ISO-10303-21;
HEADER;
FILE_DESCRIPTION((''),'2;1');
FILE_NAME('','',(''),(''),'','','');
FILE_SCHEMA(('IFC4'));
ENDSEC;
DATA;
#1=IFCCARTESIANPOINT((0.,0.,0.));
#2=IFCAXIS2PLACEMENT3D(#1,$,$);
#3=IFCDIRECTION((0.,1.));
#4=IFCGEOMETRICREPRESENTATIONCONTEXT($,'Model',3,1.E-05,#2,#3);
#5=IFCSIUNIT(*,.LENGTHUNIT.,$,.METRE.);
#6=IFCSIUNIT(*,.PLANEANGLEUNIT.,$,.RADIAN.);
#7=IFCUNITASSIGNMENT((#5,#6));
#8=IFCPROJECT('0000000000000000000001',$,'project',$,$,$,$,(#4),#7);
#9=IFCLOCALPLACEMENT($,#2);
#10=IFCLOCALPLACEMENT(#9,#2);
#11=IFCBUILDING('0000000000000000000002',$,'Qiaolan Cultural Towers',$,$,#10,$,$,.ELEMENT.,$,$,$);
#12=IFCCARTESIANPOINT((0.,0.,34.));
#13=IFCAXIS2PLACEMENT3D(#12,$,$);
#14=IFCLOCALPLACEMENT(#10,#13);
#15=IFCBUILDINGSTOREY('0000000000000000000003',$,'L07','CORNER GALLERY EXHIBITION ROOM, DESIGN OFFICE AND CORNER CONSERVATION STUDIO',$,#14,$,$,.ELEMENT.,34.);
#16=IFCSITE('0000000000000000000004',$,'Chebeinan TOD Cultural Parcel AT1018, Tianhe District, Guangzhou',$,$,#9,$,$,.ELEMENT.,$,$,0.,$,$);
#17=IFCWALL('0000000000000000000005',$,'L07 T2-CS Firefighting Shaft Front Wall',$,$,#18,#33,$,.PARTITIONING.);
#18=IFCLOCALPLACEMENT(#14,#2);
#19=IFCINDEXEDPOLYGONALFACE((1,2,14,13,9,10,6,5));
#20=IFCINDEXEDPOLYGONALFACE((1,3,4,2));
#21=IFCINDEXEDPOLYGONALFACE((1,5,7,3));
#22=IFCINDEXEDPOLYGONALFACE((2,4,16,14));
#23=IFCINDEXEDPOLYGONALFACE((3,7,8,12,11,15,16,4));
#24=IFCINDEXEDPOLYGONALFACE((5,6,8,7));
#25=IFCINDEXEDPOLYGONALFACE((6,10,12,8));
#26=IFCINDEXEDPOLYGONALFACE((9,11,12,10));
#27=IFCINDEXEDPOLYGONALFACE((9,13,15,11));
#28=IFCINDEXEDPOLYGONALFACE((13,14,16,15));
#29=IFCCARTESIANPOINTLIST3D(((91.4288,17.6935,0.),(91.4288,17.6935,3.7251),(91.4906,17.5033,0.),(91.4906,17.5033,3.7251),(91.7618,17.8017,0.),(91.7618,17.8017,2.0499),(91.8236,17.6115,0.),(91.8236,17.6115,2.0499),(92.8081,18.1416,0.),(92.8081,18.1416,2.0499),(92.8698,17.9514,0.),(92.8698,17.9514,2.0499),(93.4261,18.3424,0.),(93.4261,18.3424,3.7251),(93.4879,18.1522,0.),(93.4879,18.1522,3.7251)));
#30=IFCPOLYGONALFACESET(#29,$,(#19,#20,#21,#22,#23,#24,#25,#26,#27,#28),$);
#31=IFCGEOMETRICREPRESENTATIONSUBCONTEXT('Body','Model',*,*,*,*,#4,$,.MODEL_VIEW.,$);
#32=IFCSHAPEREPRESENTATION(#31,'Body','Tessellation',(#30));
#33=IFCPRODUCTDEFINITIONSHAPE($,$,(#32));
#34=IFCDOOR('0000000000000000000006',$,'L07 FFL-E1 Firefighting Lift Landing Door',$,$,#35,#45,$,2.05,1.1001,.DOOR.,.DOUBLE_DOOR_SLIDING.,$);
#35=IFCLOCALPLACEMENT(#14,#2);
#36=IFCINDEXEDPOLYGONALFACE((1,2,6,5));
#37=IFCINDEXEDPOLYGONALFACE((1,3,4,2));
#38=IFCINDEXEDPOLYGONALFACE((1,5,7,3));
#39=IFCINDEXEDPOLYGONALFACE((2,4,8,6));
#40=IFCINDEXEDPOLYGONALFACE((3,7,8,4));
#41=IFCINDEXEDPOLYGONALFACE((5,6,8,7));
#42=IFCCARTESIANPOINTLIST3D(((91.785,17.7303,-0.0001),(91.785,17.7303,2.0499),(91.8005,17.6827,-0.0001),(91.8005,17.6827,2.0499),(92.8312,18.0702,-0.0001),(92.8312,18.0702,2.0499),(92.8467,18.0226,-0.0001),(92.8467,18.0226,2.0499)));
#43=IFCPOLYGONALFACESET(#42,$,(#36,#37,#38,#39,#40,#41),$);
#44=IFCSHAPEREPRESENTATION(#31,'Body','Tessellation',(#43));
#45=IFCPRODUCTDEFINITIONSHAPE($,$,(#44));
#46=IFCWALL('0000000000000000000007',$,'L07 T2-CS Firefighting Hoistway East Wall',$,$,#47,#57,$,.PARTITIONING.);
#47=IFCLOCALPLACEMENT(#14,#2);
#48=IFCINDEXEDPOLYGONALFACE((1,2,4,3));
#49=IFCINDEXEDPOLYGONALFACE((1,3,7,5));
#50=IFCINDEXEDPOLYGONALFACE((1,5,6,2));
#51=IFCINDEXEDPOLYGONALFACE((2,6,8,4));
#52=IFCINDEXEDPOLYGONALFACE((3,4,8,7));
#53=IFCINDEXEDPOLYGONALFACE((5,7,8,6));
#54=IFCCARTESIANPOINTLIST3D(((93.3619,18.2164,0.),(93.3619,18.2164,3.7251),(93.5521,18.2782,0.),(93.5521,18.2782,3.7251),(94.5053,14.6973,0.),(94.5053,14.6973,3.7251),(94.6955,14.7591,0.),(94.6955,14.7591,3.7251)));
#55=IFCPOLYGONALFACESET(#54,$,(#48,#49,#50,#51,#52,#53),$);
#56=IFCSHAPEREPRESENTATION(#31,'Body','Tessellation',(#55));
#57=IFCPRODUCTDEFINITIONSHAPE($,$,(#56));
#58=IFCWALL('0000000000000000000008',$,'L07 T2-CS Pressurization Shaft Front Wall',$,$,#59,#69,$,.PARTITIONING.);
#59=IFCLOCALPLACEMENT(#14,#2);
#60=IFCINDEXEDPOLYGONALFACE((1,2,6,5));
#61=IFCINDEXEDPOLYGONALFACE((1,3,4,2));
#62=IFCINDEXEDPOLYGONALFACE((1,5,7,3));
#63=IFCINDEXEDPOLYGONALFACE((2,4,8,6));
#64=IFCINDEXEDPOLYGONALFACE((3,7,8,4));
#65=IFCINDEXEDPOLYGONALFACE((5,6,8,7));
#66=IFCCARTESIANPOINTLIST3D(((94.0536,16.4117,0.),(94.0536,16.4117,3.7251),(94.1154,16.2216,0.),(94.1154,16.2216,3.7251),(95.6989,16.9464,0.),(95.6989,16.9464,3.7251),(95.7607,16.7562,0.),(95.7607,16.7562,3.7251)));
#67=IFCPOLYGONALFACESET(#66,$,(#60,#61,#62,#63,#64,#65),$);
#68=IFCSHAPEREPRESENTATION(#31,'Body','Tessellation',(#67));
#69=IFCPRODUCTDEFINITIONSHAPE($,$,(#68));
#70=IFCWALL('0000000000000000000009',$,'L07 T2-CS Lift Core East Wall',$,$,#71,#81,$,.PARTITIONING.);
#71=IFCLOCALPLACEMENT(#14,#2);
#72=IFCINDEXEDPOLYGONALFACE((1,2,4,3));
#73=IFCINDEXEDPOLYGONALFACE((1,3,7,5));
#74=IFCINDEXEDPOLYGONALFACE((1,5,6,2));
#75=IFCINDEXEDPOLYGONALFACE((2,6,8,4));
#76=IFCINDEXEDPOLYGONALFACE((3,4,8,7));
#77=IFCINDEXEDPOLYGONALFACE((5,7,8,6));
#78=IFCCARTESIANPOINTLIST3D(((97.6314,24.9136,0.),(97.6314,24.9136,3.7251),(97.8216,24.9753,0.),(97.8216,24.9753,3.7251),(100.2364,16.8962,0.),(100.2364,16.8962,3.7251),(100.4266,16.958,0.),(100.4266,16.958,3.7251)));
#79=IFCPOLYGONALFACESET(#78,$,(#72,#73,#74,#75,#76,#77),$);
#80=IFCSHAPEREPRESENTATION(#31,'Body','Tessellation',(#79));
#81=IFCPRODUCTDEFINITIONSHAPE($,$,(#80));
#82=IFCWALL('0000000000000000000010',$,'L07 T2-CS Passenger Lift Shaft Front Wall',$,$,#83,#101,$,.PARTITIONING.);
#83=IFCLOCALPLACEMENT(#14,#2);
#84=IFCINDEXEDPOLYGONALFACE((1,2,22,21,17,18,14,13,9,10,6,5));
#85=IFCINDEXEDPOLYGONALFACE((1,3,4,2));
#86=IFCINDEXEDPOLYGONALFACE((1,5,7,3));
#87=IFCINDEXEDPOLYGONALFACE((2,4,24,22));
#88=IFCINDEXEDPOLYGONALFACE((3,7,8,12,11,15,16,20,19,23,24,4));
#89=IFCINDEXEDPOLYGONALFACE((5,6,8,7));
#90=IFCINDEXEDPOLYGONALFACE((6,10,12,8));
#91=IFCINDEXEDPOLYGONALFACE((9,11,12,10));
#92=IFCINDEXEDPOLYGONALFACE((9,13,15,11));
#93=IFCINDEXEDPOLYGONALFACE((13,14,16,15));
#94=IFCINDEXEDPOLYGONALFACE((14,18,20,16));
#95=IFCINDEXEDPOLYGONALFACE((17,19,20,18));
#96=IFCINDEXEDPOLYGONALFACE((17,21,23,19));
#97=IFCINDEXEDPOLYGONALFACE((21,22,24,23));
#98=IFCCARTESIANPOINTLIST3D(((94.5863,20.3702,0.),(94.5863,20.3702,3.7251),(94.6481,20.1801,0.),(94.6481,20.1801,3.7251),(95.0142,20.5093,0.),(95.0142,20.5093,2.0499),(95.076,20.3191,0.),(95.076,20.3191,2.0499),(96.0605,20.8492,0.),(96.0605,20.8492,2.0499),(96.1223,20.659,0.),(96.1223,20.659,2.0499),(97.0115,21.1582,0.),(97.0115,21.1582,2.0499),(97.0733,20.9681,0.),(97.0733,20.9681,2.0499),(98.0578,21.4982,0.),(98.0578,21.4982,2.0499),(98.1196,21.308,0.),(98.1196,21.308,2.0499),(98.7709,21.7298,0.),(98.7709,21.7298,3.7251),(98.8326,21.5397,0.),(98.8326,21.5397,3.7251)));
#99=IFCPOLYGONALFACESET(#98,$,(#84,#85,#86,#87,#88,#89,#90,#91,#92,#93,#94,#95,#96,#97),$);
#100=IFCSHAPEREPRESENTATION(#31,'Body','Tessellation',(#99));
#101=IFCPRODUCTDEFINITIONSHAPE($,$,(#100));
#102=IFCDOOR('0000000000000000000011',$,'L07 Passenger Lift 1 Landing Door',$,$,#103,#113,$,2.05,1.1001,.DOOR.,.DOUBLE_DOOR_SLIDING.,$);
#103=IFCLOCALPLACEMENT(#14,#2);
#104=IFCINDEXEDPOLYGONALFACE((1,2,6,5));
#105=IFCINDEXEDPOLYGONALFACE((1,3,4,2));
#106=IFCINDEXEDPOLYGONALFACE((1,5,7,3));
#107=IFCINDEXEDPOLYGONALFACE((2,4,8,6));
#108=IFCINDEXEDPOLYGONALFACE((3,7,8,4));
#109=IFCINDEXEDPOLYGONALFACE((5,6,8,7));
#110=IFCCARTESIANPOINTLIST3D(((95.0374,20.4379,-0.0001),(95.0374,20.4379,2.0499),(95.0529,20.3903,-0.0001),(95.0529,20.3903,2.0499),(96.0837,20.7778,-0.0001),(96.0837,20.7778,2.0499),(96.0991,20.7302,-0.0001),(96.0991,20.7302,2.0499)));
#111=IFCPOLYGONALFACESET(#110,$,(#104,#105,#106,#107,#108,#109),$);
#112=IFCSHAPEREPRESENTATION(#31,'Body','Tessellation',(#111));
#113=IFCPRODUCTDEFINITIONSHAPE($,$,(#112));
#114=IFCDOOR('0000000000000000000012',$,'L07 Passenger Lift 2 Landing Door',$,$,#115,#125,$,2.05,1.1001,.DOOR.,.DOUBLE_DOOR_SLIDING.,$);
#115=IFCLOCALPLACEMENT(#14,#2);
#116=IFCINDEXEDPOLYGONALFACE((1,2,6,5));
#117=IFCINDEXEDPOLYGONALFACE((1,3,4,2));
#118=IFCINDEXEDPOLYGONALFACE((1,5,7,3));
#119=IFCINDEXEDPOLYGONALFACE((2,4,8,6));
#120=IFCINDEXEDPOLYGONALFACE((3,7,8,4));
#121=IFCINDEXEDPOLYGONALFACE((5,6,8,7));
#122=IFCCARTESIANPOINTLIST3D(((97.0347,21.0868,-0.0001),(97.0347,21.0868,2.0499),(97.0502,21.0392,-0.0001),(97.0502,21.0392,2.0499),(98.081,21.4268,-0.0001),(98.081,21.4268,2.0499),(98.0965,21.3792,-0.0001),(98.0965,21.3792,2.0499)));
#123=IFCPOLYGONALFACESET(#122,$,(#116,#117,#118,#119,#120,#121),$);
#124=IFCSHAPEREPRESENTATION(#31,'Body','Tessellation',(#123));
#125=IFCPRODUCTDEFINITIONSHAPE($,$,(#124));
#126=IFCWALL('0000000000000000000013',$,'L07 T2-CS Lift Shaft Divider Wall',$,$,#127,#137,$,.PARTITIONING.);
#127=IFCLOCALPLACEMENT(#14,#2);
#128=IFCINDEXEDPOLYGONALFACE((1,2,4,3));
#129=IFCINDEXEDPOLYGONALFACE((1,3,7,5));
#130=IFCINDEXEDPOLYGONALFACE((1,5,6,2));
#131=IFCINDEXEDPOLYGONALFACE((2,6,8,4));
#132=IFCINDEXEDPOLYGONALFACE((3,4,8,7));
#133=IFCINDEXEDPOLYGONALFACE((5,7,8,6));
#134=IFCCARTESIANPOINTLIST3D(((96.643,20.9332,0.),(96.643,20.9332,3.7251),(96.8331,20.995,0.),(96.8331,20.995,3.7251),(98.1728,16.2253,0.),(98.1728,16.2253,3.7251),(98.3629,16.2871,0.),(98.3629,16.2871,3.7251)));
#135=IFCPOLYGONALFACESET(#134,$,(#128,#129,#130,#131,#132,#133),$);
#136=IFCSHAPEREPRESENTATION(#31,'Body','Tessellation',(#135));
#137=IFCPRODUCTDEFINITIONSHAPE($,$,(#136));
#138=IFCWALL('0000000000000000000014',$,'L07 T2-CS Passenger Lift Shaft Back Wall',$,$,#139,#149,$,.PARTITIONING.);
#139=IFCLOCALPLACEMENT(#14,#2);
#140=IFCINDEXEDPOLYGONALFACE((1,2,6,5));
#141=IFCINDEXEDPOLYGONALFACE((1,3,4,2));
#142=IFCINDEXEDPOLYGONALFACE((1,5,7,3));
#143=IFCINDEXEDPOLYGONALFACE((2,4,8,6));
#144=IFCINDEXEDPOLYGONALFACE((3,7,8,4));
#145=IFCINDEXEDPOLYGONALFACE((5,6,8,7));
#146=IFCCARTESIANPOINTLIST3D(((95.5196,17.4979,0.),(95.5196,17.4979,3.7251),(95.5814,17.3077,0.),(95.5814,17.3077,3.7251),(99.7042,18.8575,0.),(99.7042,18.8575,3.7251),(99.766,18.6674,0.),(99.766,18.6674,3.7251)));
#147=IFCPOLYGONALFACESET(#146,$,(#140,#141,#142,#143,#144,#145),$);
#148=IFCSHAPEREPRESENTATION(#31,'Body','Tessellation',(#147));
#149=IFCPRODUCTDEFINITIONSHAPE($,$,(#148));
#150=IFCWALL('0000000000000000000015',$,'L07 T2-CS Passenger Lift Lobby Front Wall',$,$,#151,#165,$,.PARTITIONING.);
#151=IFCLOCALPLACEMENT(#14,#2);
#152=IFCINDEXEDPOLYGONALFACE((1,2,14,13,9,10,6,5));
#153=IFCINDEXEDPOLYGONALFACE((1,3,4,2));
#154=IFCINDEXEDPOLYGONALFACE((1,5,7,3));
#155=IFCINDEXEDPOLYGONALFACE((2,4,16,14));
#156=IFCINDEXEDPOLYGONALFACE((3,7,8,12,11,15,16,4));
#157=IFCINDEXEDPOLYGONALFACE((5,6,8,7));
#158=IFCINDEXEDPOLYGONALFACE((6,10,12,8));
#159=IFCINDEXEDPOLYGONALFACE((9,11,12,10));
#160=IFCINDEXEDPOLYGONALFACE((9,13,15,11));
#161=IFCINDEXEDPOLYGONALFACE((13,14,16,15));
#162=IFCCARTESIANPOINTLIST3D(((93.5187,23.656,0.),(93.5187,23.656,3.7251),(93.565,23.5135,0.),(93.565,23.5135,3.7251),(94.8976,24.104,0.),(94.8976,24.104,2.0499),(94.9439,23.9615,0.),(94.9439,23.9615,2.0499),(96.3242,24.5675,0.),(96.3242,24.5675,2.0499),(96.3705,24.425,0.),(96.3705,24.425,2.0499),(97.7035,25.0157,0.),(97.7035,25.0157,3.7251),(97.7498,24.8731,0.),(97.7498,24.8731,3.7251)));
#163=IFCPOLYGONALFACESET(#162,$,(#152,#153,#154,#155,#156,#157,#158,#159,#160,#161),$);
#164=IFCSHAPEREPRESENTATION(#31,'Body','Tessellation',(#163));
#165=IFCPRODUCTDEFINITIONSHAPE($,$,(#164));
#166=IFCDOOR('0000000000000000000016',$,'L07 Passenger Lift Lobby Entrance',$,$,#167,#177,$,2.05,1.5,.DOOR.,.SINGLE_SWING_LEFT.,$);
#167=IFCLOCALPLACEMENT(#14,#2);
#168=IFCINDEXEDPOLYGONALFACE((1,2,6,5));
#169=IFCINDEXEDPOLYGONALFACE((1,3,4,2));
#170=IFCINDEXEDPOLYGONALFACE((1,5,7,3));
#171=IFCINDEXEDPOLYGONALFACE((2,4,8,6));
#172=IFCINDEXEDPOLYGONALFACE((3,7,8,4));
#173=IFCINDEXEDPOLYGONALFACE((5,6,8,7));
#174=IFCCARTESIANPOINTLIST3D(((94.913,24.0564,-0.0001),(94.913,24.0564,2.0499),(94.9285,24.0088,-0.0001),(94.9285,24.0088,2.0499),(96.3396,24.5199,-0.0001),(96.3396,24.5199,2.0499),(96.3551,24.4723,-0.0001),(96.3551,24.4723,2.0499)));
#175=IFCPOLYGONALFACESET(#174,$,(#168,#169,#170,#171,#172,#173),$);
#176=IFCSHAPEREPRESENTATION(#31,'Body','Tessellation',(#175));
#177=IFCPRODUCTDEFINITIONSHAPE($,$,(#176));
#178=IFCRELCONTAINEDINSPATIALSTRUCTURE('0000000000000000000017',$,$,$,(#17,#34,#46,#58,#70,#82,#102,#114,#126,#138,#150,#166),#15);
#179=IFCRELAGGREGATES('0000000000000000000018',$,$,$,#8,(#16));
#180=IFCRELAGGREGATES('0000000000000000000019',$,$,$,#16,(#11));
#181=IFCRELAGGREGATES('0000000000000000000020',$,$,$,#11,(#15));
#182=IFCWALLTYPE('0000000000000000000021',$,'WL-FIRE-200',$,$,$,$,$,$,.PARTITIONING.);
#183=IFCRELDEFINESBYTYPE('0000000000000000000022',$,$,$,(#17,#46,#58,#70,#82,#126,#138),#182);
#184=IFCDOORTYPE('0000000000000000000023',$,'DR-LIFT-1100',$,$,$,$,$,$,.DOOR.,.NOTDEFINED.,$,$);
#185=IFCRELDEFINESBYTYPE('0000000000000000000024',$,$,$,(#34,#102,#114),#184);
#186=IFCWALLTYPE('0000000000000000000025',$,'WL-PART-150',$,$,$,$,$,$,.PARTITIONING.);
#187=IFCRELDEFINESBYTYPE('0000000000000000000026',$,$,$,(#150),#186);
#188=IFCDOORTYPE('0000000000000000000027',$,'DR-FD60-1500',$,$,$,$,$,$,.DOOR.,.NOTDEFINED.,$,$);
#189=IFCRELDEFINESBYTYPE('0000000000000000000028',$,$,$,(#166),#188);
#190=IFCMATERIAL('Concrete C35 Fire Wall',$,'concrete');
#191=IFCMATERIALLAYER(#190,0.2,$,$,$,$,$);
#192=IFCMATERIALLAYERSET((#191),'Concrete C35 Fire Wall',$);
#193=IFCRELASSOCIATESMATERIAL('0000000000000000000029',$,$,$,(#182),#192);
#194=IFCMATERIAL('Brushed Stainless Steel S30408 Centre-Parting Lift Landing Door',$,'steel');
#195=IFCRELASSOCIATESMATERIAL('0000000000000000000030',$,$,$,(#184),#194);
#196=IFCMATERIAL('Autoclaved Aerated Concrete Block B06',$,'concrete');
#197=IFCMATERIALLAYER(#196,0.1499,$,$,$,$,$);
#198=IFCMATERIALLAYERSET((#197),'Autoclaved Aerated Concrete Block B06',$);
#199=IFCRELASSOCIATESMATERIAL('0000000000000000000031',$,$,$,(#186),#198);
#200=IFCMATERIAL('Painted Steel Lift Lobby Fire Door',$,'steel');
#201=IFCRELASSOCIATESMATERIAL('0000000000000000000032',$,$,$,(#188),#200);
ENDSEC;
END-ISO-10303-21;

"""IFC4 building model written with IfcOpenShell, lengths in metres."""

from ifc_helpers import new_model, si_unit, direction, frame, frame_2d, origin, place, context, subcontext, project, spatial, rectangle, extrude, material, layer, layer_set, type_object, element, fill, save


model = new_model("IFC4")

# Units and contexts
model_context = context("Model", 3, precision=1e-05, world=origin(), true_north=direction((0.0, 1.0)))
body_context = subcontext(model_context, "Body", "Model", "MODEL_VIEW")
ifc_project = project(units=[si_unit("LENGTHUNIT", "METRE"), si_unit("PLANEANGLEUNIT", "RADIAN")], contexts=[model_context])

# Site, building, storey
site_placement = place(None, origin())
site = spatial("IfcSite", under=ifc_project, at=site_placement, Name="Chebeinan TOD Cultural Parcel AT1018, Tianhe District, Guangzhou", CompositionType="ELEMENT", RefElevation=0.0)
building_placement = place(site_placement, origin())
building = spatial("IfcBuilding", under=site, at=building_placement, Name="Qiaolan Cultural Towers", CompositionType="ELEMENT")
storey_placement = place(building_placement, frame((0.0, 0.0, 34.0)))
storey = spatial("IfcBuildingStorey", under=building, at=storey_placement, Name="L07", Description="CORNER GALLERY EXHIBITION ROOM, DESIGN OFFICE AND CORNER CONSERVATION STUDIO", CompositionType="ELEMENT", Elevation=34.0)

# Shared definitions
ifc_material_1 = material(Name="Concrete C35 Fire Wall", Category="concrete")
ifc_layer_1 = layer(ifc_material_1, 0.2)
ifc_layer_set_1 = layer_set([ifc_layer_1], Name="Concrete C35 Fire Wall")
wall_type_1 = type_object("IfcWallType", Name="WL-FIRE-200", PredefinedType="PARTITIONING", material=ifc_layer_set_1)

# Wall, opening, door
wall_1_placement = place(storey_placement, frame((91.4597, 17.5984, 0.0), z_axis=(0.0, 0.0, 1.0), x_axis=(0.951062, 0.308999, 0.0)))
wall_1 = element("IfcWall", 1, at=wall_1_placement, inside=storey, type_object=wall_type_1, Name="L07 T2-CS Firefighting Shaft Front Wall", PredefinedType="PARTITIONING", context=body_context, shape_type="SweptSolid", body=[
    extrude(rectangle(XDim=2.1001, YDim=0.2, at=frame_2d((1.05, 0.0))), origin(), (0.0, 0.0, 1.0), 3.7251),
])
opening_1_placement = place(wall_1_placement, frame((0.3501, 0.0, 0.0)))
opening_1 = element("IfcOpeningElement", 2, at=opening_1_placement, cuts=wall_1, PredefinedType="OPENING", context=body_context, shape_type="SweptSolid", body=[
    extrude(rectangle(XDim=1.1001, YDim=2.05, at=frame_2d((0.55, 1.0249))), frame((0.0, 0.1099, 0.0), z_axis=(0.0, -1.0, 0.0), x_axis=(1.0, 0.0, 0.0)), (0.0, 0.0, 1.0), 0.22),
])
ifc_material_2 = material(Name="Brushed Stainless Steel S30408 Centre-Parting Lift Landing Door", Category="steel")
door_type_1 = type_object("IfcDoorType", Name="DR-LIFT-1100", OperationType="NOTDEFINED", PredefinedType="DOOR", material=ifc_material_2)
door_1_placement = place(opening_1_placement, origin())
door_1 = element("IfcDoor", 3, at=door_1_placement, inside=storey, type_object=door_type_1, Name="L07 FFL-E1 Firefighting Lift Landing Door", OperationType="DOUBLE_DOOR_SLIDING", OverallHeight=2.05, OverallWidth=1.1001, PredefinedType="DOOR", context=body_context, shape_type="SweptSolid", body=[
    extrude(rectangle(XDim=1.1001, YDim=2.05, at=frame_2d((0.55, 1.0249))), frame((0.0, 0.0249, 0.0), z_axis=(0.0, -1.0, 0.0), x_axis=(1.0, 0.0, 0.0)), (0.0, 0.0, 1.0), 0.05),
])
fill(opening_1, door_1)

# Walls
wall_2_placement = place(storey_placement, frame((93.457, 18.2473, 0.0), z_axis=(0.0, 0.0, 1.0), x_axis=(0.308994, -0.951064, 0.0)))
element("IfcWall", 4, at=wall_2_placement, inside=storey, type_object=wall_type_1, Name="L07 T2-CS Firefighting Hoistway East Wall", PredefinedType="PARTITIONING", context=body_context, shape_type="SweptSolid", body=[
    extrude(rectangle(XDim=3.7002, YDim=0.2, at=frame_2d((1.8501, 0.0))), origin(), (0.0, 0.0, 1.0), 3.7251),
])
wall_3_placement = place(storey_placement, frame((94.0845, 16.3167, 0.0), z_axis=(0.0, 0.0, 1.0), x_axis=(0.951041, 0.309064, 0.0)))
element("IfcWall", 5, at=wall_3_placement, inside=storey, type_object=wall_type_1, Name="L07 T2-CS Pressurization Shaft Front Wall", PredefinedType="PARTITIONING", context=body_context, shape_type="SweptSolid", body=[
    extrude(rectangle(XDim=1.73, YDim=0.2, at=frame_2d((0.865, 0.0))), origin(), (0.0, 0.0, 1.0), 3.7251),
])
wall_4_placement = place(storey_placement, frame((97.7266, 24.9443, 0.0), z_axis=(0.0, 0.0, 1.0), x_axis=(0.309016, -0.951057, 0.0)))
element("IfcWall", 6, at=wall_4_placement, inside=storey, type_object=wall_type_1, Name="L07 T2-CS Lift Core East Wall", PredefinedType="PARTITIONING", context=body_context, shape_type="SweptSolid", body=[
    extrude(rectangle(XDim=8.4299, YDim=0.2, at=frame_2d((4.2148, 0.0))), origin(), (0.0, 0.0, 1.0), 3.7251),
])

# Wall, openings, doors
wall_5_placement = place(storey_placement, frame((94.6172, 20.2751, 0.0), z_axis=(0.0, 0.0, 1.0), x_axis=(0.951059, 0.309011, 0.0)))
wall_5 = element("IfcWall", 7, at=wall_5_placement, inside=storey, type_object=wall_type_1, Name="L07 T2-CS Passenger Lift Shaft Front Wall", PredefinedType="PARTITIONING", context=body_context, shape_type="SweptSolid", body=[
    extrude(rectangle(XDim=4.3999, YDim=0.2, at=frame_2d((2.2, 0.0))), origin(), (0.0, 0.0, 1.0), 3.7251),
])
opening_2_placement = place(wall_5_placement, frame((0.45, 0.0, 0.0)))
opening_2 = element("IfcOpeningElement", 8, at=opening_2_placement, cuts=wall_5, PredefinedType="OPENING", context=body_context, shape_type="SweptSolid", body=[
    extrude(rectangle(XDim=1.1001, YDim=2.05, at=frame_2d((0.55, 1.0249))), frame((0.0, 0.1099, 0.0), z_axis=(0.0, -1.0, 0.0), x_axis=(1.0, 0.0, 0.0)), (0.0, 0.0, 1.0), 0.22),
])
opening_3_placement = place(wall_5_placement, frame((2.55, 0.0, 0.0)))
opening_3 = element("IfcOpeningElement", 9, at=opening_3_placement, cuts=wall_5, PredefinedType="OPENING", context=body_context, shape_type="SweptSolid", body=[
    extrude(rectangle(XDim=1.1001, YDim=2.05, at=frame_2d((0.55, 1.0249))), frame((0.0, 0.1099, 0.0), z_axis=(0.0, -1.0, 0.0), x_axis=(1.0, 0.0, 0.0)), (0.0, 0.0, 1.0), 0.22),
])
door_2_placement = place(opening_2_placement, origin())
door_2 = element("IfcDoor", 10, at=door_2_placement, inside=storey, type_object=door_type_1, Name="L07 Passenger Lift 1 Landing Door", OperationType="DOUBLE_DOOR_SLIDING", OverallHeight=2.05, OverallWidth=1.1001, PredefinedType="DOOR", context=body_context, shape_type="SweptSolid", body=[
    extrude(rectangle(XDim=1.1001, YDim=2.05, at=frame_2d((0.55, 1.0249))), frame((0.0, 0.0249, 0.0), z_axis=(0.0, -1.0, 0.0), x_axis=(1.0, 0.0, 0.0)), (0.0, 0.0, 1.0), 0.05),
])
fill(opening_2, door_2)
door_3_placement = place(opening_3_placement, origin())
door_3 = element("IfcDoor", 11, at=door_3_placement, inside=storey, type_object=door_type_1, Name="L07 Passenger Lift 2 Landing Door", OperationType="DOUBLE_DOOR_SLIDING", OverallHeight=2.05, OverallWidth=1.1001, PredefinedType="DOOR", context=body_context, shape_type="SweptSolid", body=[
    extrude(rectangle(XDim=1.1001, YDim=2.05, at=frame_2d((0.55, 1.0249))), frame((0.0, 0.0249, 0.0), z_axis=(0.0, -1.0, 0.0), x_axis=(1.0, 0.0, 0.0)), (0.0, 0.0, 1.0), 0.05),
])
fill(opening_3, door_3)

# Walls
wall_6_placement = place(storey_placement, frame((96.738, 20.9641, 0.0), z_axis=(0.0, 0.0, 1.0), x_axis=(0.309043, -0.951048, 0.0)))
element("IfcWall", 12, at=wall_6_placement, inside=storey, type_object=wall_type_1, Name="L07 T2-CS Lift Shaft Divider Wall", PredefinedType="PARTITIONING", context=body_context, shape_type="SweptSolid", body=[
    extrude(rectangle(XDim=4.9502, YDim=0.2, at=frame_2d((2.4751, 0.0))), origin(), (0.0, 0.0, 1.0), 3.7251),
])
wall_7_placement = place(storey_placement, frame((95.5505, 17.4028, 0.0), z_axis=(0.0, 0.0, 1.0), x_axis=(0.951059, 0.309011, 0.0)))
element("IfcWall", 13, at=wall_7_placement, inside=storey, type_object=wall_type_1, Name="L07 T2-CS Passenger Lift Shaft Back Wall", PredefinedType="PARTITIONING", context=body_context, shape_type="SweptSolid", body=[
    extrude(rectangle(XDim=4.3999, YDim=0.2, at=frame_2d((2.2, 0.0))), origin(), (0.0, 0.0, 1.0), 3.7251),
])

# Wall, opening, door
ifc_material_3 = material(Name="Autoclaved Aerated Concrete Block B06", Category="concrete")
ifc_layer_2 = layer(ifc_material_3, 0.1499)
ifc_layer_set_2 = layer_set([ifc_layer_2], Name="Autoclaved Aerated Concrete Block B06")
wall_type_2 = type_object("IfcWallType", Name="WL-PART-150", PredefinedType="PARTITIONING", material=ifc_layer_set_2)
wall_8_placement = place(storey_placement, frame((93.5417, 23.5847, 0.0), z_axis=(0.0, 0.0, 1.0), x_axis=(0.951064, 0.308994, 0.0)))
wall_8 = element("IfcWall", 14, at=wall_8_placement, inside=storey, type_object=wall_type_2, Name="L07 T2-CS Passenger Lift Lobby Front Wall", PredefinedType="PARTITIONING", context=body_context, shape_type="SweptSolid", body=[
    extrude(rectangle(XDim=4.4001, YDim=0.1499, at=frame_2d((2.2002, 0.0))), origin(), (0.0, 0.0, 1.0), 3.7251),
])
opening_4_placement = place(wall_8_placement, frame((1.45, 0.0, 0.0)))
opening_4 = element("IfcOpeningElement", 15, at=opening_4_placement, cuts=wall_8, PredefinedType="OPENING", context=body_context, shape_type="SweptSolid", body=[
    extrude(rectangle(XDim=1.5, YDim=2.05, at=frame_2d((0.75, 1.0249))), frame((0.0, 0.085, 0.0), z_axis=(0.0, -1.0, 0.0), x_axis=(1.0, 0.0, 0.0)), (0.0, 0.0, 1.0), 0.1699),
])
ifc_material_4 = material(Name="Painted Steel Lift Lobby Fire Door", Category="steel")
door_type_2 = type_object("IfcDoorType", Name="DR-FD60-1500", OperationType="NOTDEFINED", PredefinedType="DOOR", material=ifc_material_4)
door_4_placement = place(opening_4_placement, origin())
door_4 = element("IfcDoor", 16, at=door_4_placement, inside=storey, type_object=door_type_2, Name="L07 Passenger Lift Lobby Entrance", OperationType="SINGLE_SWING_LEFT", OverallHeight=2.05, OverallWidth=1.5, PredefinedType="DOOR", context=body_context, shape_type="SweptSolid", body=[
    extrude(rectangle(XDim=1.5, YDim=2.05, at=frame_2d((0.75, 1.0249))), frame((0.0, 0.0249, 0.0), z_axis=(0.0, -1.0, 0.0), x_axis=(1.0, 0.0, 0.0)), (0.0, 0.0, 1.0), 0.05),
])
fill(opening_4, door_4)

save(model, "model.ifc")
